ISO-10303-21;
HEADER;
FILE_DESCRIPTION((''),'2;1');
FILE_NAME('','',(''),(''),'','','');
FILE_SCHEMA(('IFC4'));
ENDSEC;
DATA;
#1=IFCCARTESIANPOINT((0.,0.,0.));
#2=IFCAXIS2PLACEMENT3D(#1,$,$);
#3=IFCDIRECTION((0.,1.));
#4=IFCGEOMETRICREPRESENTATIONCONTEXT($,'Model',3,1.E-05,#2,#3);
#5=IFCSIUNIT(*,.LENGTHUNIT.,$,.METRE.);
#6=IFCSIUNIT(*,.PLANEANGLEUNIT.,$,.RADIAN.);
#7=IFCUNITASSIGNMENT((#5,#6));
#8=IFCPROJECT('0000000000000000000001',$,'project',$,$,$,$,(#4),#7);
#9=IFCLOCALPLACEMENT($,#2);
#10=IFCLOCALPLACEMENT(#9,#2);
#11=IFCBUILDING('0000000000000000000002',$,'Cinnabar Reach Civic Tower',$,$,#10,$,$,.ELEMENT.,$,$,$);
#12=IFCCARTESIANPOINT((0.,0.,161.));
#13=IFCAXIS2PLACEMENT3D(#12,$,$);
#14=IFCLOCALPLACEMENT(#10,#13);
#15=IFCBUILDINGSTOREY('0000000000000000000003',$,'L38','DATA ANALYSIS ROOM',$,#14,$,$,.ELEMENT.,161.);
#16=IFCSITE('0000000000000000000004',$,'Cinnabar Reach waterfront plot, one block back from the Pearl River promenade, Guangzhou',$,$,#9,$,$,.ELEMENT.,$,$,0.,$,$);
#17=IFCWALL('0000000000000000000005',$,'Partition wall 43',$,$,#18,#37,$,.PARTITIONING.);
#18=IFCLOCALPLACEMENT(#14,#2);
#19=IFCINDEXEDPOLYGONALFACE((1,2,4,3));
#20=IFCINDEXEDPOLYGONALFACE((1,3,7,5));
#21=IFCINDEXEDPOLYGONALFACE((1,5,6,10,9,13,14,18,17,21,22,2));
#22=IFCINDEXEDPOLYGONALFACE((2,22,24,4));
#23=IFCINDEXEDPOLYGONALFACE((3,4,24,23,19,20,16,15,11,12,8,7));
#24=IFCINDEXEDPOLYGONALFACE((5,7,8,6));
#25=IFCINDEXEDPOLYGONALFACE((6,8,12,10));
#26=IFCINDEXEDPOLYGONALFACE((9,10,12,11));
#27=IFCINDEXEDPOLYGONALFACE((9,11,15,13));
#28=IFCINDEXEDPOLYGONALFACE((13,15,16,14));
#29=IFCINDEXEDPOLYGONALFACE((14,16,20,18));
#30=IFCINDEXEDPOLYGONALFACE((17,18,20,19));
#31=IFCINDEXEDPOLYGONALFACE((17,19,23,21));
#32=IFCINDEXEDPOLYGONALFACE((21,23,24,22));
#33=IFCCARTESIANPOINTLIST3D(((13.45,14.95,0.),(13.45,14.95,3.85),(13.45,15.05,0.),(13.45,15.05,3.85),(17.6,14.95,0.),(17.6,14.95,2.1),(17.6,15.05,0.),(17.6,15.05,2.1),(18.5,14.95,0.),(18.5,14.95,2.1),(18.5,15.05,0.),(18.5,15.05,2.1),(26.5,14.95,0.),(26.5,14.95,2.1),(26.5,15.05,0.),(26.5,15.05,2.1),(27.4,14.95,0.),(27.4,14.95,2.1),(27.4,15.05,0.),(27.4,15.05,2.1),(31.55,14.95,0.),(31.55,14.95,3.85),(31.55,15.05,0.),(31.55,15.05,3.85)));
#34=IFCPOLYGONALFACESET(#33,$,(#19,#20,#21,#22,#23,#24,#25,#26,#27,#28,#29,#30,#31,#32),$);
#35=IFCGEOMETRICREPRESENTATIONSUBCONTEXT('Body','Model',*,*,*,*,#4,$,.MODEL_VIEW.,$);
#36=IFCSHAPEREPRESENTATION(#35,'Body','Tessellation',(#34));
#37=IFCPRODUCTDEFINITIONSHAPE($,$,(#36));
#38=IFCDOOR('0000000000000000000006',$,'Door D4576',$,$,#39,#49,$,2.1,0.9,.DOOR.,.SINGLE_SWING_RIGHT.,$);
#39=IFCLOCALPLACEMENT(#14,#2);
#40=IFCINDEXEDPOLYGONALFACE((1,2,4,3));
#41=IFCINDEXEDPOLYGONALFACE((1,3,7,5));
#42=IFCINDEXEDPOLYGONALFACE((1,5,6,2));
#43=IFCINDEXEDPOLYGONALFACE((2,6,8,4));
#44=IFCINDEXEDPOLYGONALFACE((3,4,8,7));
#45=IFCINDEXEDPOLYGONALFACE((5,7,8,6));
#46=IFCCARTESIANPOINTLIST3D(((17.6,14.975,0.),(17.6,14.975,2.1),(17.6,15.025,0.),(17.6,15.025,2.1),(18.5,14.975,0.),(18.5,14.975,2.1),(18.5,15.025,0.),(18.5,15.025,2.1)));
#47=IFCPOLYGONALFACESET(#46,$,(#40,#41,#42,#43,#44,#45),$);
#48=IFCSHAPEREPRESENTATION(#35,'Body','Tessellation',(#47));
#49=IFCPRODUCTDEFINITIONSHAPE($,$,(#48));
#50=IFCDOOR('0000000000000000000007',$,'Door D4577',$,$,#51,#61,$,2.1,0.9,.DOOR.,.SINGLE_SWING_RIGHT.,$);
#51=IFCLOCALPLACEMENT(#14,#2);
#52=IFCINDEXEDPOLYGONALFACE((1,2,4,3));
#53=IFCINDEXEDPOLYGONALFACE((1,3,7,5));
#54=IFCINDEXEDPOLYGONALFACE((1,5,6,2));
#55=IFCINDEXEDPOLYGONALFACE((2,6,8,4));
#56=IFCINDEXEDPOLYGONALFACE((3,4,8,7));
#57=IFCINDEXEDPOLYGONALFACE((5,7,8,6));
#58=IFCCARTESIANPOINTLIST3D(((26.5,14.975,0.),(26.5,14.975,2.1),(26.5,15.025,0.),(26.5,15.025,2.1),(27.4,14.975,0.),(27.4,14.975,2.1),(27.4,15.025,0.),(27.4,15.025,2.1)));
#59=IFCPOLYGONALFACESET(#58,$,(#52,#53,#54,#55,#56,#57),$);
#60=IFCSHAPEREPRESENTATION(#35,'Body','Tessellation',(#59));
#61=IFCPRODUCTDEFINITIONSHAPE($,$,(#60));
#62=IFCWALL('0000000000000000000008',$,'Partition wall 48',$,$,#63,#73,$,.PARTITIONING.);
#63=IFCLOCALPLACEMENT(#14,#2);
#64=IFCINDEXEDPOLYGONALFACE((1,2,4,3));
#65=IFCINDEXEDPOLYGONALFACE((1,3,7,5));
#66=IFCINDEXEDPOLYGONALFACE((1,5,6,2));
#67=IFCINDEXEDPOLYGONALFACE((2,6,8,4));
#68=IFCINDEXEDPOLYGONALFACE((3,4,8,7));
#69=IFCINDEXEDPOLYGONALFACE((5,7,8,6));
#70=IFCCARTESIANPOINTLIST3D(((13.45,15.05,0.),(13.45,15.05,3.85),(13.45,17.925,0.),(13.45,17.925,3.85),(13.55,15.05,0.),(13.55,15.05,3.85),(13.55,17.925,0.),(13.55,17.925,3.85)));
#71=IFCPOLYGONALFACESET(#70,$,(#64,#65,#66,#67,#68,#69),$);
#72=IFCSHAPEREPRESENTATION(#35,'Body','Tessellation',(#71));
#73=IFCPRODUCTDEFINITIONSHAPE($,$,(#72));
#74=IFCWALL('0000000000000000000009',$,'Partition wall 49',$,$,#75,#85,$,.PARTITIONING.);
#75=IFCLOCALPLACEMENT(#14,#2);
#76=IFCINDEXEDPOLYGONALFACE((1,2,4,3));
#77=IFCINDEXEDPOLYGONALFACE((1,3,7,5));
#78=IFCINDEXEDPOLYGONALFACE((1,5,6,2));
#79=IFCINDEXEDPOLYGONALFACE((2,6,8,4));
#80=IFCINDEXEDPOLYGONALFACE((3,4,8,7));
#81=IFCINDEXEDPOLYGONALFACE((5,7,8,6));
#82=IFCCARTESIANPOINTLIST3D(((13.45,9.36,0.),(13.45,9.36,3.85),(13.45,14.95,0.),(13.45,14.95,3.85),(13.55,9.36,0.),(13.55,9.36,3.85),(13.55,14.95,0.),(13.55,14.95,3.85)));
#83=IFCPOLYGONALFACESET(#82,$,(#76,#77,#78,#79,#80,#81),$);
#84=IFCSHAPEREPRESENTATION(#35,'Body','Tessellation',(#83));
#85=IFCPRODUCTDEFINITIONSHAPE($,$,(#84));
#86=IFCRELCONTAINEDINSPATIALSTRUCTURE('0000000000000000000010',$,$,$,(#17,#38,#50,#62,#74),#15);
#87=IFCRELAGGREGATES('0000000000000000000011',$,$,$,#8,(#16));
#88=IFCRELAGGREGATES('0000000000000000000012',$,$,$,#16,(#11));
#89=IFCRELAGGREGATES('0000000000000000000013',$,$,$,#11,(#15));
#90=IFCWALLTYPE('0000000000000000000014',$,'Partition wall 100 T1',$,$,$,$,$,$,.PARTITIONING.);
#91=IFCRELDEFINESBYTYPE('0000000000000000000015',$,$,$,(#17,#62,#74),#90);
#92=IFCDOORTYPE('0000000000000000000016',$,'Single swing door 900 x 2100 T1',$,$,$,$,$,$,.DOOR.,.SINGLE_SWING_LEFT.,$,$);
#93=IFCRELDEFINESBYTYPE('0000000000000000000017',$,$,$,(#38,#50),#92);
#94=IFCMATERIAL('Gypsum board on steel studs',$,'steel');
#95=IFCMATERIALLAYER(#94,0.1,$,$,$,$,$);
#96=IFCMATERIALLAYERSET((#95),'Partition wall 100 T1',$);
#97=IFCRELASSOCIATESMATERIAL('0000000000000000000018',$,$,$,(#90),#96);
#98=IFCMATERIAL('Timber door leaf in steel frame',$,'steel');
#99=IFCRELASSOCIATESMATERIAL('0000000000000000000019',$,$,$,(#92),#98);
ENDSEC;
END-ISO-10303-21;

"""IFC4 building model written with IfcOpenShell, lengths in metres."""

from ifc_helpers import new_model, si_unit, direction, frame, frame_2d, origin, place, context, subcontext, project, spatial, rectangle, extrude, material, layer, layer_set, type_object, element, fill, save


model = new_model("IFC4")

# Units and contexts
model_context = context("Model", 3, precision=1e-05, world=origin(), true_north=direction((0.0, 1.0)))
body_context = subcontext(model_context, "Body", "Model", "MODEL_VIEW")
ifc_project = project(units=[si_unit("LENGTHUNIT", "METRE"), si_unit("PLANEANGLEUNIT", "RADIAN")], contexts=[model_context])

# Site, building, storey
site_placement = place(None, origin())
site = spatial("IfcSite", under=ifc_project, at=site_placement, Name="Cinnabar Reach waterfront plot, one block back from the Pearl River promenade, Guangzhou", CompositionType="ELEMENT", RefElevation=0.0)
building_placement = place(site_placement, origin())
building = spatial("IfcBuilding", under=site, at=building_placement, Name="Cinnabar Reach Civic Tower", CompositionType="ELEMENT")
storey_placement = place(building_placement, frame((0.0, 0.0, 161.0)))
storey = spatial("IfcBuildingStorey", under=building, at=storey_placement, Name="L38", Description="DATA ANALYSIS ROOM", CompositionType="ELEMENT", Elevation=161.0)

# Wall, openings, doors
ifc_material_1 = material(Name="Gypsum board on steel studs", Category="steel")
ifc_layer_1 = layer(ifc_material_1, 0.1)
ifc_layer_set_1 = layer_set([ifc_layer_1], Name="Partition wall 100 T1")
wall_type_1 = type_object("IfcWallType", Name="Partition wall 100 T1", PredefinedType="PARTITIONING", material=ifc_layer_set_1)
wall_1_placement = place(storey_placement, frame((13.45, 15.0, 0.0), z_axis=(0.0, 0.0, 1.0), x_axis=(1.0, 0.0, 0.0)))
wall_1 = element("IfcWall", 1, at=wall_1_placement, inside=storey, type_object=wall_type_1, Name="Partition wall 43", PredefinedType="PARTITIONING", context=body_context, shape_type="SweptSolid", body=[
    extrude(rectangle(XDim=18.1, YDim=0.1, at=frame_2d((9.05, 0.0))), origin(), (0.0, 0.0, 1.0), 3.85),
])
opening_1_placement = place(wall_1_placement, frame((4.15, 0.0, 0.0)))
opening_1 = element("IfcOpeningElement", 2, at=opening_1_placement, cuts=wall_1, PredefinedType="OPENING", context=body_context, shape_type="SweptSolid", body=[
    extrude(rectangle(XDim=0.9, YDim=2.1, at=frame_2d((0.45, 1.05))), frame((0.0, 0.06, 0.0), z_axis=(0.0, -1.0, 0.0), x_axis=(1.0, 0.0, 0.0)), (0.0, 0.0, 1.0), 0.12),
])
opening_2_placement = place(wall_1_placement, frame((13.05, 0.0, 0.0)))
opening_2 = element("IfcOpeningElement", 3, at=opening_2_placement, cuts=wall_1, PredefinedType="OPENING", context=body_context, shape_type="SweptSolid", body=[
    extrude(rectangle(XDim=0.9, YDim=2.1, at=frame_2d((0.45, 1.05))), frame((0.0, 0.06, 0.0), z_axis=(0.0, -1.0, 0.0), x_axis=(1.0, 0.0, 0.0)), (0.0, 0.0, 1.0), 0.12),
])
ifc_material_2 = material(Name="Timber door leaf in steel frame", Category="steel")
door_type = type_object("IfcDoorType", Name="Single swing door 900 x 2100 T1", OperationType="SINGLE_SWING_LEFT", PredefinedType="DOOR", material=ifc_material_2)
door_1_placement = place(opening_1_placement, frame((0.9, 0.0, 0.0), z_axis=(0.0, 0.0, 1.0), x_axis=(-1.0, 0.0, 0.0)))
door_1 = element("IfcDoor", 4, at=door_1_placement, inside=storey, type_object=door_type, Name="Door D4576", OperationType="SINGLE_SWING_RIGHT", OverallHeight=2.1, OverallWidth=0.9, PredefinedType="DOOR", context=body_context, shape_type="SweptSolid", body=[
    extrude(rectangle(XDim=0.9, YDim=2.1, at=frame_2d((0.45, 1.05))), frame((0.0, 0.025, 0.0), z_axis=(0.0, -1.0, 0.0), x_axis=(1.0, 0.0, 0.0)), (0.0, 0.0, 1.0), 0.05),
])
fill(opening_1, door_1)
door_2_placement = place(opening_2_placement, frame((0.9, 0.0, 0.0), z_axis=(0.0, 0.0, 1.0), x_axis=(-1.0, 0.0, 0.0)))
door_2 = element("IfcDoor", 5, at=door_2_placement, inside=storey, type_object=door_type, Name="Door D4577", OperationType="SINGLE_SWING_RIGHT", OverallHeight=2.1, OverallWidth=0.9, PredefinedType="DOOR", context=body_context, shape_type="SweptSolid", body=[
    extrude(rectangle(XDim=0.9, YDim=2.1, at=frame_2d((0.45, 1.05))), frame((0.0, 0.025, 0.0), z_axis=(0.0, -1.0, 0.0), x_axis=(1.0, 0.0, 0.0)), (0.0, 0.0, 1.0), 0.05),
])
fill(opening_2, door_2)

# Walls
wall_2_placement = place(storey_placement, frame((13.5, 15.05, 0.0), z_axis=(0.0, 0.0, 1.0), x_axis=(0.0, 1.0, 0.0)))
element("IfcWall", 6, at=wall_2_placement, inside=storey, type_object=wall_type_1, Name="Partition wall 48", PredefinedType="PARTITIONING", context=body_context, shape_type="SweptSolid", body=[
    extrude(rectangle(XDim=2.875, YDim=0.1, at=frame_2d((1.4375, 0.0))), origin(), (0.0, 0.0, 1.0), 3.85),
])
wall_3_placement = place(storey_placement, frame((13.5, 9.36, 0.0), z_axis=(0.0, 0.0, 1.0), x_axis=(0.0, 1.0, 0.0)))
element("IfcWall", 7, at=wall_3_placement, inside=storey, type_object=wall_type_1, Name="Partition wall 49", PredefinedType="PARTITIONING", context=body_context, shape_type="SweptSolid", body=[
    extrude(rectangle(XDim=5.59, YDim=0.1, at=frame_2d((2.795, 0.0))), origin(), (0.0, 0.0, 1.0), 3.85),
])

save(model, "model.ifc")
